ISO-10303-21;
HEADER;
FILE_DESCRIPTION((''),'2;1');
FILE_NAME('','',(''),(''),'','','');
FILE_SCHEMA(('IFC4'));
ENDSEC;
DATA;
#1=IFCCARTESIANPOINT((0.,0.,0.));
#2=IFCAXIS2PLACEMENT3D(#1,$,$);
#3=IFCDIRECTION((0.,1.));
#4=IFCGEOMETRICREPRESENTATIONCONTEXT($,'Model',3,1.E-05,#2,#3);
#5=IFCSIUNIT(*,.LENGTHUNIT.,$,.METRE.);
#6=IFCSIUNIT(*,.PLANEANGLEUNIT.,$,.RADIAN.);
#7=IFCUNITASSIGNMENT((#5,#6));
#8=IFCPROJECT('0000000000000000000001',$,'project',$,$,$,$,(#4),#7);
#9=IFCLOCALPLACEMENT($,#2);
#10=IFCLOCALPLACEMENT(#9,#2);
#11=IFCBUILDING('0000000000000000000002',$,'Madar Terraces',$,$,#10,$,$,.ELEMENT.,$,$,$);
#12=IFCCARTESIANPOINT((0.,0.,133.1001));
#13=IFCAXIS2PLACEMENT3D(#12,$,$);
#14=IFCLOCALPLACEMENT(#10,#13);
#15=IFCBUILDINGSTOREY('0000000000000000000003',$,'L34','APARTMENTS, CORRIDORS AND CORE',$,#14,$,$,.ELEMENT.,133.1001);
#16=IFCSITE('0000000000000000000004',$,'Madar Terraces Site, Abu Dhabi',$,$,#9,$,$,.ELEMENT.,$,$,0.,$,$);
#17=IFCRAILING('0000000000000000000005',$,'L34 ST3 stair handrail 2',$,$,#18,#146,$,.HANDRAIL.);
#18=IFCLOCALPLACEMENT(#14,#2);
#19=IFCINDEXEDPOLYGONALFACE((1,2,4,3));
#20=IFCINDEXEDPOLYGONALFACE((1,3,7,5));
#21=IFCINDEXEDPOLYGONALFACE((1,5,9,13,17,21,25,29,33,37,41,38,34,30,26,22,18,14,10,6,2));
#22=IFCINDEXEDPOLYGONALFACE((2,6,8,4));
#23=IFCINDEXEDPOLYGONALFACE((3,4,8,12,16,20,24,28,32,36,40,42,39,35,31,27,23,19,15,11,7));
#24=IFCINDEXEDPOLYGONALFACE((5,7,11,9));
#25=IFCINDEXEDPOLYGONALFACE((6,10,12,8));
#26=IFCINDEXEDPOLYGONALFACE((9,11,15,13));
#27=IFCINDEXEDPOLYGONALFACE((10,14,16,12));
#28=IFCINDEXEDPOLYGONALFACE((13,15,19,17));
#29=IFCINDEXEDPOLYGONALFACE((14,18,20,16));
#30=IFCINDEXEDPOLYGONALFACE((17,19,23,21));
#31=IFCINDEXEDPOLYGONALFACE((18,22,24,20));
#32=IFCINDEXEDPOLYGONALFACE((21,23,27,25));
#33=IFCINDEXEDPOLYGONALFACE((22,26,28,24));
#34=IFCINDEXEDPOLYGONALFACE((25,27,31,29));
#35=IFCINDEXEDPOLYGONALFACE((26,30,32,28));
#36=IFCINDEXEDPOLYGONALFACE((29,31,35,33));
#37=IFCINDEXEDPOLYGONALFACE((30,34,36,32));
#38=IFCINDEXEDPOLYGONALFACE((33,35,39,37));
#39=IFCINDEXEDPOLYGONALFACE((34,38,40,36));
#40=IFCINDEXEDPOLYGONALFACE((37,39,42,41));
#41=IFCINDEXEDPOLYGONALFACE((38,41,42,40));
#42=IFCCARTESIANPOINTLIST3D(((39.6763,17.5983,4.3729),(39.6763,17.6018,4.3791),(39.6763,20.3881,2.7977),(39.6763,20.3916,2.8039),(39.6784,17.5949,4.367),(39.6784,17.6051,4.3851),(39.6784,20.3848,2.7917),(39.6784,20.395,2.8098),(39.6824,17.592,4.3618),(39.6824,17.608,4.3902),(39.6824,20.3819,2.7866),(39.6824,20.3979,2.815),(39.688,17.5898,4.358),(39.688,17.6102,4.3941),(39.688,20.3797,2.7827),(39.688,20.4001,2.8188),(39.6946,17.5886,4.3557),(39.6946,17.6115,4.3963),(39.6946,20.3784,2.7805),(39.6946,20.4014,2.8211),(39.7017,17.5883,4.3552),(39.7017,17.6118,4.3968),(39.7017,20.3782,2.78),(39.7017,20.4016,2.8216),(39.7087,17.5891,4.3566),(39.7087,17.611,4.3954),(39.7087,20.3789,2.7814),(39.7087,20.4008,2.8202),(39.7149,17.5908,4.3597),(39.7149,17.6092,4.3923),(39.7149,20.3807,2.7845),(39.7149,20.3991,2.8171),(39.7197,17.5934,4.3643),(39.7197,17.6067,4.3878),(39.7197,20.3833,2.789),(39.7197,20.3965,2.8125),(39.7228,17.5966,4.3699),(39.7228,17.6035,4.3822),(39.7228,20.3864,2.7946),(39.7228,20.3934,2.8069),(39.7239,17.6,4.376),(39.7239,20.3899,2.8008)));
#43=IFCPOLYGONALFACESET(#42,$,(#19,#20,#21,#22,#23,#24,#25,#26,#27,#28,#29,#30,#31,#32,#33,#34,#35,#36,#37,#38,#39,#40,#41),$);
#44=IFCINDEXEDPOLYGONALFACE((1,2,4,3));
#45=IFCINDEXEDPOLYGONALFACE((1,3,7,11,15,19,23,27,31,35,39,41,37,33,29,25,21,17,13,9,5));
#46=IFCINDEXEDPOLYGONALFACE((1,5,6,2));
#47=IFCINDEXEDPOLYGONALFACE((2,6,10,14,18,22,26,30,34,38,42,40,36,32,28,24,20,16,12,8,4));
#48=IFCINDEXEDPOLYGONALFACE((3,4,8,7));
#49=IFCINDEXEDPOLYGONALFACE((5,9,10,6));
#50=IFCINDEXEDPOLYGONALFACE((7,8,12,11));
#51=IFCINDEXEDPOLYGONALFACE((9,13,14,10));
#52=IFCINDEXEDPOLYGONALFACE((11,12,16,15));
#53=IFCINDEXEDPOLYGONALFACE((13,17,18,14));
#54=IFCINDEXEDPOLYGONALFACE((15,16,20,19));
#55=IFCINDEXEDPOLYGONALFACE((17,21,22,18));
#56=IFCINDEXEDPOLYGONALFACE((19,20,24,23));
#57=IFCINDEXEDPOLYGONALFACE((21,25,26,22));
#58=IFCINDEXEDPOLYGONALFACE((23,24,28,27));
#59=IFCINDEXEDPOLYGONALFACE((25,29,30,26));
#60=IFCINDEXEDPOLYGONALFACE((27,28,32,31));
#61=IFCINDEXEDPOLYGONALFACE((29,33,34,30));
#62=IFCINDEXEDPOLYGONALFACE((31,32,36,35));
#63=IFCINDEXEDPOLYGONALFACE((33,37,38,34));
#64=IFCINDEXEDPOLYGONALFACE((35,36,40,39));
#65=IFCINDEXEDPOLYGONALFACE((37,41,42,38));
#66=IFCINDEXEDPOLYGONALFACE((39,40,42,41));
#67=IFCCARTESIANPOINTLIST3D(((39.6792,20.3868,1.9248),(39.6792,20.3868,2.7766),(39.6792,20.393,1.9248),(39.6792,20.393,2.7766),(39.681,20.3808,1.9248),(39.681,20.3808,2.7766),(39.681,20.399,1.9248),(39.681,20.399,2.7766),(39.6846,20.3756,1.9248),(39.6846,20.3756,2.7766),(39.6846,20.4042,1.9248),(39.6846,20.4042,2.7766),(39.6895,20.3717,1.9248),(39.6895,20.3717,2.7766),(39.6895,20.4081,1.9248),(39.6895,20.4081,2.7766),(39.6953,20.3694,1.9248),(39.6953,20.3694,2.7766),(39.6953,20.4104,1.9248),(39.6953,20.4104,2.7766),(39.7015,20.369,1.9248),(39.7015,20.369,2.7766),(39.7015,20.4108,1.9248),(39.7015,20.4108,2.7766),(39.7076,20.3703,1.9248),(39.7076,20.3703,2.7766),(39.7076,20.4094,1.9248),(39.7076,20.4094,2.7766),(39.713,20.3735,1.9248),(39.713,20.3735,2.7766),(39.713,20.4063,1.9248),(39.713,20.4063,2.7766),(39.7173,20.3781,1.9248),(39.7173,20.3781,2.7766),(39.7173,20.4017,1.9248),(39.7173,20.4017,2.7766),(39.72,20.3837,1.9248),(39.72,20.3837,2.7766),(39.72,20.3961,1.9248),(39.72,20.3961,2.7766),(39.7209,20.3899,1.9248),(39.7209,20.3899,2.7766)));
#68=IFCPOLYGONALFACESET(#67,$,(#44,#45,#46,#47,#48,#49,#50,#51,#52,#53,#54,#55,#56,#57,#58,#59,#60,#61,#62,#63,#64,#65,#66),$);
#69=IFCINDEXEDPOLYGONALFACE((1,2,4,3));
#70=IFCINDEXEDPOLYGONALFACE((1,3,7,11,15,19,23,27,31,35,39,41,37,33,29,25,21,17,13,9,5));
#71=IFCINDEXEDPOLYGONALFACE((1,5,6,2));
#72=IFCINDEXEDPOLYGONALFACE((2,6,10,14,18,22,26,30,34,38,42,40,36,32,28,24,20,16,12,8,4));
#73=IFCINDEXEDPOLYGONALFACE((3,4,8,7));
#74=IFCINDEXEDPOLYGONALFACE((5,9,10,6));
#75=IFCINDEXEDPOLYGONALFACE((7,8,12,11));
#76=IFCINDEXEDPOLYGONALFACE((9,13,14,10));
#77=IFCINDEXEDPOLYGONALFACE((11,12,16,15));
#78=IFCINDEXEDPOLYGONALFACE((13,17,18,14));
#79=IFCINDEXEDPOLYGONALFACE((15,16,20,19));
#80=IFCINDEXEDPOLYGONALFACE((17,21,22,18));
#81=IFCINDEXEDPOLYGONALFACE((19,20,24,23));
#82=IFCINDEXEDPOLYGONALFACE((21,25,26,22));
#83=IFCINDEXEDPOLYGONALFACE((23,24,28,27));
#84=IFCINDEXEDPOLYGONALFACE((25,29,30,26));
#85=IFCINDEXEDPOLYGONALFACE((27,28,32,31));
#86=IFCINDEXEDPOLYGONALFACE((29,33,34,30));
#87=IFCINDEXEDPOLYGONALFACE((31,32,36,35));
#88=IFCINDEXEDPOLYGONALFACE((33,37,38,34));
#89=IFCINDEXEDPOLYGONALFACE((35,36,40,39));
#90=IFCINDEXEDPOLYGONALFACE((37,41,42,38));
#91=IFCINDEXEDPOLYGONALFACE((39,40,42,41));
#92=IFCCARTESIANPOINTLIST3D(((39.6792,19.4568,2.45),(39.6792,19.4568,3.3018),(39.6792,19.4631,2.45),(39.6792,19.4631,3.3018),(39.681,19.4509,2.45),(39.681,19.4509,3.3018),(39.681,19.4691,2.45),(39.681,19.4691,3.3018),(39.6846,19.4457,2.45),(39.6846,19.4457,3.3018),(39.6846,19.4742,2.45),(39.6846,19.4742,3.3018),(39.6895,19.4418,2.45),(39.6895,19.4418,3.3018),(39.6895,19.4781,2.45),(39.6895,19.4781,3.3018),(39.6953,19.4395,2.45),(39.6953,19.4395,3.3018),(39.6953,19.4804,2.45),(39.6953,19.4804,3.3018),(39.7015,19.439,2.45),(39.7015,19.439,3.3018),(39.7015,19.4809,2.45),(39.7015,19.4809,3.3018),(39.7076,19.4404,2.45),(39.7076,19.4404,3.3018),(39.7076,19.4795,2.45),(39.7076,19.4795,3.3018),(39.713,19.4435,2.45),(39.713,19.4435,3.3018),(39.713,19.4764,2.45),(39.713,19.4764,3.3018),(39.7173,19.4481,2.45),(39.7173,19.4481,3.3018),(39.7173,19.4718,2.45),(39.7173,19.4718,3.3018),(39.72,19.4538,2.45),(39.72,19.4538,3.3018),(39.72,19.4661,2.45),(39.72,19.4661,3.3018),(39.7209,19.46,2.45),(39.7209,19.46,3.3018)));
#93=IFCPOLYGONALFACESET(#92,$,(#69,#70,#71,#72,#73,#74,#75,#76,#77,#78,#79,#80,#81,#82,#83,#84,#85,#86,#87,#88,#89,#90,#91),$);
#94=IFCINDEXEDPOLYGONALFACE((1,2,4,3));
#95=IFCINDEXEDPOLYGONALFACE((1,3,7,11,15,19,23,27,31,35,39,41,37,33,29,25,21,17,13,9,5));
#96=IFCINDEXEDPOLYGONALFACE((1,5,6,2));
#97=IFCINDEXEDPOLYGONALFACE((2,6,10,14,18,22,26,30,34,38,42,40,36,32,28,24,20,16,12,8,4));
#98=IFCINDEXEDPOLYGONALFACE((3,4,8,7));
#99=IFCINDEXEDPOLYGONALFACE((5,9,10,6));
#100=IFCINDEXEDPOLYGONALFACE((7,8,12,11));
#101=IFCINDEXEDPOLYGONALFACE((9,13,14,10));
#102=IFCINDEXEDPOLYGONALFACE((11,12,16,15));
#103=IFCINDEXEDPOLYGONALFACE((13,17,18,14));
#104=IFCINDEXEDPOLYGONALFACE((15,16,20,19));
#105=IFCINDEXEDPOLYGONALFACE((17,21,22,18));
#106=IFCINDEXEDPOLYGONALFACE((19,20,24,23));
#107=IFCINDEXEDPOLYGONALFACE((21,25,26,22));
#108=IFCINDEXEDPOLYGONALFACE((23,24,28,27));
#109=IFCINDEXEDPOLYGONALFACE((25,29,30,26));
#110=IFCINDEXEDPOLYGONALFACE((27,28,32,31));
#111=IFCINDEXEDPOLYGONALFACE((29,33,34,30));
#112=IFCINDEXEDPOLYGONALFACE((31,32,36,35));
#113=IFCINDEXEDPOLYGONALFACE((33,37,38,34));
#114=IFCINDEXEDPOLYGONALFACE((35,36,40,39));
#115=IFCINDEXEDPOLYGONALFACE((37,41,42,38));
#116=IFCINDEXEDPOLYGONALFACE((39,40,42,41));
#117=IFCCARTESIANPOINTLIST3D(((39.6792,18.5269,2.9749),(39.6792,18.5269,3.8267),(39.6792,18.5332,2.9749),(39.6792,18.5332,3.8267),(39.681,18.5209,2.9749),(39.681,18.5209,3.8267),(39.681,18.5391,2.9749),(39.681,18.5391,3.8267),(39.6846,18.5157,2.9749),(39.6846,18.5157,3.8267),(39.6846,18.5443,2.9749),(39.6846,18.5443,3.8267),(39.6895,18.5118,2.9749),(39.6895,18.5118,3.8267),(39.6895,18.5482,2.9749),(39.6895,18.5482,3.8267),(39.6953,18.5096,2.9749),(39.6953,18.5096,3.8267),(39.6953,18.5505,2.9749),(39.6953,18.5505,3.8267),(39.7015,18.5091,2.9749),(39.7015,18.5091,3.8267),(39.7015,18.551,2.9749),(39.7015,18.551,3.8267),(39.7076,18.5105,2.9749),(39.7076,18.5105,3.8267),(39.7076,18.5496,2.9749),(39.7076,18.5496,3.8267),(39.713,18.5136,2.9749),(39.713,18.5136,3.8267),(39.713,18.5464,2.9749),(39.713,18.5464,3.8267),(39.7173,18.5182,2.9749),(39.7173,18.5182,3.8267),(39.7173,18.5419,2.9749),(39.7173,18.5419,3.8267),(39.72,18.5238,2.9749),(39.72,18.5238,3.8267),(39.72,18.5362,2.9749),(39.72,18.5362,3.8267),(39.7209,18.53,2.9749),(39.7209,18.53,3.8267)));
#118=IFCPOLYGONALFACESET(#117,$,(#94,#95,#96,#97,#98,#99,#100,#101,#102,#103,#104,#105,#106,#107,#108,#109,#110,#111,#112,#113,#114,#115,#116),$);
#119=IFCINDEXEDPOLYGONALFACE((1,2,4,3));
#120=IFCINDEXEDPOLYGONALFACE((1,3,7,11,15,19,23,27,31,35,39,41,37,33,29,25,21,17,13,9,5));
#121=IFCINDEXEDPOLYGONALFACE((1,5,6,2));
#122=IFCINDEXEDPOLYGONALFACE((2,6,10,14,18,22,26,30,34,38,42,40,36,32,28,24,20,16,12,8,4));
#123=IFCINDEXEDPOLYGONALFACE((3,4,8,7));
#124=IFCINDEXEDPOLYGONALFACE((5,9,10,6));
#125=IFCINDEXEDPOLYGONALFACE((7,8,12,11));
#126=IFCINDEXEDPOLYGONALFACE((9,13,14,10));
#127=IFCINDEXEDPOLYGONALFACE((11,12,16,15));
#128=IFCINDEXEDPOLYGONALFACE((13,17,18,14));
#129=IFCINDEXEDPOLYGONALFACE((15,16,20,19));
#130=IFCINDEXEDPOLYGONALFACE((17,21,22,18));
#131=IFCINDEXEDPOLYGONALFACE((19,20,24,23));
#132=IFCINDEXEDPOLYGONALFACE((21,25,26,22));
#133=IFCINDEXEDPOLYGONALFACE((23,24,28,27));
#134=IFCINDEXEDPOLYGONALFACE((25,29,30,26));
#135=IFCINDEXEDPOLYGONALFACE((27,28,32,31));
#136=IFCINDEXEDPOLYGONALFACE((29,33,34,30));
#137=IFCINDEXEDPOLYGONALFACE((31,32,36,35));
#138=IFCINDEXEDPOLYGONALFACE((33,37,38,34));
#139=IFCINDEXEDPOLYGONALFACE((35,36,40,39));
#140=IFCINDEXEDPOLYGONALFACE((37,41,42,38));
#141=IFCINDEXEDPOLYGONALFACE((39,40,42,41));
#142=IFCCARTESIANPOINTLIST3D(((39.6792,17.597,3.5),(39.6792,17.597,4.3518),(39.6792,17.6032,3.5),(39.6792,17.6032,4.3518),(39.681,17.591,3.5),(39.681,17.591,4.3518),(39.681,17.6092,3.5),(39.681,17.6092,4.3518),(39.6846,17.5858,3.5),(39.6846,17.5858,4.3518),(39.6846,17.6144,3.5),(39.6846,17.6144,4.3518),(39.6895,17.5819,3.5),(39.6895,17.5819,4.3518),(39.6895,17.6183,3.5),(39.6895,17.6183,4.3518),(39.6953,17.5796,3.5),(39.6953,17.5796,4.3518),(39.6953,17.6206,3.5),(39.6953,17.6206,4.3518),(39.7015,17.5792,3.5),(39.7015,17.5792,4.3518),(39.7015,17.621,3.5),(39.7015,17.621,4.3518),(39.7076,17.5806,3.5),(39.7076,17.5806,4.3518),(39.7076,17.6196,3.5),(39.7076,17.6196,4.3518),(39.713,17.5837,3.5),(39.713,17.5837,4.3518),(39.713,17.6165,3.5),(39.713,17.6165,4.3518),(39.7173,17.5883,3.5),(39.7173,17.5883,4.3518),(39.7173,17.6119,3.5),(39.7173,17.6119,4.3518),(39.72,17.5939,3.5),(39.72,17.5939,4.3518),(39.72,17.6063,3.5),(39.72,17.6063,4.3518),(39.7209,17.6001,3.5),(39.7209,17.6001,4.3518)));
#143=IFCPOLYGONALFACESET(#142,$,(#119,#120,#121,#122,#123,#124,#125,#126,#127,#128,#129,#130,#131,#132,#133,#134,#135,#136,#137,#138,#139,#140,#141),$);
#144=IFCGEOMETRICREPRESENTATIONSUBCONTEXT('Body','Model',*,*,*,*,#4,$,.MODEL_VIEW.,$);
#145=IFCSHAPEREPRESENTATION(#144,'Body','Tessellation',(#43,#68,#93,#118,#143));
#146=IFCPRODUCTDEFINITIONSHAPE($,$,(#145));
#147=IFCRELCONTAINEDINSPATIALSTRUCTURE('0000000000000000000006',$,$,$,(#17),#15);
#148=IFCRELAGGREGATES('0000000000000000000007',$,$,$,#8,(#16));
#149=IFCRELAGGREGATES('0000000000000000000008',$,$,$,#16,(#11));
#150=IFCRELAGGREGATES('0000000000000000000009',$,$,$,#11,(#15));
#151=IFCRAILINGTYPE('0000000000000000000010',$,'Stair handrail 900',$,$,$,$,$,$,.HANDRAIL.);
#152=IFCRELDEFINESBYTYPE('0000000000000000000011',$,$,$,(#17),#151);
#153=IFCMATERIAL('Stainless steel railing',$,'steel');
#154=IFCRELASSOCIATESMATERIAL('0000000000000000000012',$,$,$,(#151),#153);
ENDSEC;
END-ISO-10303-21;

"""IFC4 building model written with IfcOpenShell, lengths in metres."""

from ifc_helpers import new_model, si_unit, direction, frame, origin, origin_2d, place, context, subcontext, project, spatial, circle, extrude, material, type_object, element, save


model = new_model("IFC4")

# Units and contexts
model_context = context("Model", 3, precision=1e-05, world=origin(), true_north=direction((0.0, 1.0)))
body_context = subcontext(model_context, "Body", "Model", "MODEL_VIEW")
ifc_project = project(units=[si_unit("LENGTHUNIT", "METRE"), si_unit("PLANEANGLEUNIT", "RADIAN")], contexts=[model_context])

# Site, building, storey
site_placement = place(None, origin())
site = spatial("IfcSite", under=ifc_project, at=site_placement, Name="Madar Terraces Site, Abu Dhabi", CompositionType="ELEMENT", RefElevation=0.0)
building_placement = place(site_placement, origin())
building = spatial("IfcBuilding", under=site, at=building_placement, Name="Madar Terraces", CompositionType="ELEMENT")
storey_placement = place(building_placement, frame((0.0, 0.0, 133.1001)))
storey = spatial("IfcBuildingStorey", under=building, at=storey_placement, Name="L34", Description="APARTMENTS, CORRIDORS AND CORE", CompositionType="ELEMENT", Elevation=133.1001)

# Railing
ifc_material_1 = material(Name="Stainless steel railing", Category="steel")
railing_type_1 = type_object("IfcRailingType", Name="Stair handrail 900", PredefinedType="HANDRAIL", material=ifc_material_1)
railing_1_placement = place(storey_placement, frame((39.7, 20.3899, 1.9248)))
element("IfcRailing", 1, at=railing_1_placement, inside=storey, type_object=railing_type_1, Name="L34 ST3 stair handrail 2", PredefinedType="HANDRAIL", context=body_context, shape_type="SweptSolid", body=[
    extrude(circle(Radius=0.0239, at=origin_2d()), frame((0.0, 0.0, 0.876), z_axis=(0.0, -0.870783, 0.491668), x_axis=(1.0, 0.0, 0.0)), (0.0, 0.0, 1.0), 3.2039),
    extrude(circle(Radius=0.021, at=origin_2d()), origin(), (0.0, 0.0, 1.0), 0.8518),
    extrude(circle(Radius=0.021, at=origin_2d()), frame((0.0, -0.9299, 0.5251)), (0.0, 0.0, 1.0), 0.8518),
    extrude(circle(Radius=0.021, at=origin_2d()), frame((0.0, -1.8599, 1.05)), (0.0, 0.0, 1.0), 0.8518),
    extrude(circle(Radius=0.021, at=origin_2d()), frame((0.0, -2.7898, 1.5752)), (0.0, 0.0, 1.0), 0.8518),
])

save(model, "model.ifc")
